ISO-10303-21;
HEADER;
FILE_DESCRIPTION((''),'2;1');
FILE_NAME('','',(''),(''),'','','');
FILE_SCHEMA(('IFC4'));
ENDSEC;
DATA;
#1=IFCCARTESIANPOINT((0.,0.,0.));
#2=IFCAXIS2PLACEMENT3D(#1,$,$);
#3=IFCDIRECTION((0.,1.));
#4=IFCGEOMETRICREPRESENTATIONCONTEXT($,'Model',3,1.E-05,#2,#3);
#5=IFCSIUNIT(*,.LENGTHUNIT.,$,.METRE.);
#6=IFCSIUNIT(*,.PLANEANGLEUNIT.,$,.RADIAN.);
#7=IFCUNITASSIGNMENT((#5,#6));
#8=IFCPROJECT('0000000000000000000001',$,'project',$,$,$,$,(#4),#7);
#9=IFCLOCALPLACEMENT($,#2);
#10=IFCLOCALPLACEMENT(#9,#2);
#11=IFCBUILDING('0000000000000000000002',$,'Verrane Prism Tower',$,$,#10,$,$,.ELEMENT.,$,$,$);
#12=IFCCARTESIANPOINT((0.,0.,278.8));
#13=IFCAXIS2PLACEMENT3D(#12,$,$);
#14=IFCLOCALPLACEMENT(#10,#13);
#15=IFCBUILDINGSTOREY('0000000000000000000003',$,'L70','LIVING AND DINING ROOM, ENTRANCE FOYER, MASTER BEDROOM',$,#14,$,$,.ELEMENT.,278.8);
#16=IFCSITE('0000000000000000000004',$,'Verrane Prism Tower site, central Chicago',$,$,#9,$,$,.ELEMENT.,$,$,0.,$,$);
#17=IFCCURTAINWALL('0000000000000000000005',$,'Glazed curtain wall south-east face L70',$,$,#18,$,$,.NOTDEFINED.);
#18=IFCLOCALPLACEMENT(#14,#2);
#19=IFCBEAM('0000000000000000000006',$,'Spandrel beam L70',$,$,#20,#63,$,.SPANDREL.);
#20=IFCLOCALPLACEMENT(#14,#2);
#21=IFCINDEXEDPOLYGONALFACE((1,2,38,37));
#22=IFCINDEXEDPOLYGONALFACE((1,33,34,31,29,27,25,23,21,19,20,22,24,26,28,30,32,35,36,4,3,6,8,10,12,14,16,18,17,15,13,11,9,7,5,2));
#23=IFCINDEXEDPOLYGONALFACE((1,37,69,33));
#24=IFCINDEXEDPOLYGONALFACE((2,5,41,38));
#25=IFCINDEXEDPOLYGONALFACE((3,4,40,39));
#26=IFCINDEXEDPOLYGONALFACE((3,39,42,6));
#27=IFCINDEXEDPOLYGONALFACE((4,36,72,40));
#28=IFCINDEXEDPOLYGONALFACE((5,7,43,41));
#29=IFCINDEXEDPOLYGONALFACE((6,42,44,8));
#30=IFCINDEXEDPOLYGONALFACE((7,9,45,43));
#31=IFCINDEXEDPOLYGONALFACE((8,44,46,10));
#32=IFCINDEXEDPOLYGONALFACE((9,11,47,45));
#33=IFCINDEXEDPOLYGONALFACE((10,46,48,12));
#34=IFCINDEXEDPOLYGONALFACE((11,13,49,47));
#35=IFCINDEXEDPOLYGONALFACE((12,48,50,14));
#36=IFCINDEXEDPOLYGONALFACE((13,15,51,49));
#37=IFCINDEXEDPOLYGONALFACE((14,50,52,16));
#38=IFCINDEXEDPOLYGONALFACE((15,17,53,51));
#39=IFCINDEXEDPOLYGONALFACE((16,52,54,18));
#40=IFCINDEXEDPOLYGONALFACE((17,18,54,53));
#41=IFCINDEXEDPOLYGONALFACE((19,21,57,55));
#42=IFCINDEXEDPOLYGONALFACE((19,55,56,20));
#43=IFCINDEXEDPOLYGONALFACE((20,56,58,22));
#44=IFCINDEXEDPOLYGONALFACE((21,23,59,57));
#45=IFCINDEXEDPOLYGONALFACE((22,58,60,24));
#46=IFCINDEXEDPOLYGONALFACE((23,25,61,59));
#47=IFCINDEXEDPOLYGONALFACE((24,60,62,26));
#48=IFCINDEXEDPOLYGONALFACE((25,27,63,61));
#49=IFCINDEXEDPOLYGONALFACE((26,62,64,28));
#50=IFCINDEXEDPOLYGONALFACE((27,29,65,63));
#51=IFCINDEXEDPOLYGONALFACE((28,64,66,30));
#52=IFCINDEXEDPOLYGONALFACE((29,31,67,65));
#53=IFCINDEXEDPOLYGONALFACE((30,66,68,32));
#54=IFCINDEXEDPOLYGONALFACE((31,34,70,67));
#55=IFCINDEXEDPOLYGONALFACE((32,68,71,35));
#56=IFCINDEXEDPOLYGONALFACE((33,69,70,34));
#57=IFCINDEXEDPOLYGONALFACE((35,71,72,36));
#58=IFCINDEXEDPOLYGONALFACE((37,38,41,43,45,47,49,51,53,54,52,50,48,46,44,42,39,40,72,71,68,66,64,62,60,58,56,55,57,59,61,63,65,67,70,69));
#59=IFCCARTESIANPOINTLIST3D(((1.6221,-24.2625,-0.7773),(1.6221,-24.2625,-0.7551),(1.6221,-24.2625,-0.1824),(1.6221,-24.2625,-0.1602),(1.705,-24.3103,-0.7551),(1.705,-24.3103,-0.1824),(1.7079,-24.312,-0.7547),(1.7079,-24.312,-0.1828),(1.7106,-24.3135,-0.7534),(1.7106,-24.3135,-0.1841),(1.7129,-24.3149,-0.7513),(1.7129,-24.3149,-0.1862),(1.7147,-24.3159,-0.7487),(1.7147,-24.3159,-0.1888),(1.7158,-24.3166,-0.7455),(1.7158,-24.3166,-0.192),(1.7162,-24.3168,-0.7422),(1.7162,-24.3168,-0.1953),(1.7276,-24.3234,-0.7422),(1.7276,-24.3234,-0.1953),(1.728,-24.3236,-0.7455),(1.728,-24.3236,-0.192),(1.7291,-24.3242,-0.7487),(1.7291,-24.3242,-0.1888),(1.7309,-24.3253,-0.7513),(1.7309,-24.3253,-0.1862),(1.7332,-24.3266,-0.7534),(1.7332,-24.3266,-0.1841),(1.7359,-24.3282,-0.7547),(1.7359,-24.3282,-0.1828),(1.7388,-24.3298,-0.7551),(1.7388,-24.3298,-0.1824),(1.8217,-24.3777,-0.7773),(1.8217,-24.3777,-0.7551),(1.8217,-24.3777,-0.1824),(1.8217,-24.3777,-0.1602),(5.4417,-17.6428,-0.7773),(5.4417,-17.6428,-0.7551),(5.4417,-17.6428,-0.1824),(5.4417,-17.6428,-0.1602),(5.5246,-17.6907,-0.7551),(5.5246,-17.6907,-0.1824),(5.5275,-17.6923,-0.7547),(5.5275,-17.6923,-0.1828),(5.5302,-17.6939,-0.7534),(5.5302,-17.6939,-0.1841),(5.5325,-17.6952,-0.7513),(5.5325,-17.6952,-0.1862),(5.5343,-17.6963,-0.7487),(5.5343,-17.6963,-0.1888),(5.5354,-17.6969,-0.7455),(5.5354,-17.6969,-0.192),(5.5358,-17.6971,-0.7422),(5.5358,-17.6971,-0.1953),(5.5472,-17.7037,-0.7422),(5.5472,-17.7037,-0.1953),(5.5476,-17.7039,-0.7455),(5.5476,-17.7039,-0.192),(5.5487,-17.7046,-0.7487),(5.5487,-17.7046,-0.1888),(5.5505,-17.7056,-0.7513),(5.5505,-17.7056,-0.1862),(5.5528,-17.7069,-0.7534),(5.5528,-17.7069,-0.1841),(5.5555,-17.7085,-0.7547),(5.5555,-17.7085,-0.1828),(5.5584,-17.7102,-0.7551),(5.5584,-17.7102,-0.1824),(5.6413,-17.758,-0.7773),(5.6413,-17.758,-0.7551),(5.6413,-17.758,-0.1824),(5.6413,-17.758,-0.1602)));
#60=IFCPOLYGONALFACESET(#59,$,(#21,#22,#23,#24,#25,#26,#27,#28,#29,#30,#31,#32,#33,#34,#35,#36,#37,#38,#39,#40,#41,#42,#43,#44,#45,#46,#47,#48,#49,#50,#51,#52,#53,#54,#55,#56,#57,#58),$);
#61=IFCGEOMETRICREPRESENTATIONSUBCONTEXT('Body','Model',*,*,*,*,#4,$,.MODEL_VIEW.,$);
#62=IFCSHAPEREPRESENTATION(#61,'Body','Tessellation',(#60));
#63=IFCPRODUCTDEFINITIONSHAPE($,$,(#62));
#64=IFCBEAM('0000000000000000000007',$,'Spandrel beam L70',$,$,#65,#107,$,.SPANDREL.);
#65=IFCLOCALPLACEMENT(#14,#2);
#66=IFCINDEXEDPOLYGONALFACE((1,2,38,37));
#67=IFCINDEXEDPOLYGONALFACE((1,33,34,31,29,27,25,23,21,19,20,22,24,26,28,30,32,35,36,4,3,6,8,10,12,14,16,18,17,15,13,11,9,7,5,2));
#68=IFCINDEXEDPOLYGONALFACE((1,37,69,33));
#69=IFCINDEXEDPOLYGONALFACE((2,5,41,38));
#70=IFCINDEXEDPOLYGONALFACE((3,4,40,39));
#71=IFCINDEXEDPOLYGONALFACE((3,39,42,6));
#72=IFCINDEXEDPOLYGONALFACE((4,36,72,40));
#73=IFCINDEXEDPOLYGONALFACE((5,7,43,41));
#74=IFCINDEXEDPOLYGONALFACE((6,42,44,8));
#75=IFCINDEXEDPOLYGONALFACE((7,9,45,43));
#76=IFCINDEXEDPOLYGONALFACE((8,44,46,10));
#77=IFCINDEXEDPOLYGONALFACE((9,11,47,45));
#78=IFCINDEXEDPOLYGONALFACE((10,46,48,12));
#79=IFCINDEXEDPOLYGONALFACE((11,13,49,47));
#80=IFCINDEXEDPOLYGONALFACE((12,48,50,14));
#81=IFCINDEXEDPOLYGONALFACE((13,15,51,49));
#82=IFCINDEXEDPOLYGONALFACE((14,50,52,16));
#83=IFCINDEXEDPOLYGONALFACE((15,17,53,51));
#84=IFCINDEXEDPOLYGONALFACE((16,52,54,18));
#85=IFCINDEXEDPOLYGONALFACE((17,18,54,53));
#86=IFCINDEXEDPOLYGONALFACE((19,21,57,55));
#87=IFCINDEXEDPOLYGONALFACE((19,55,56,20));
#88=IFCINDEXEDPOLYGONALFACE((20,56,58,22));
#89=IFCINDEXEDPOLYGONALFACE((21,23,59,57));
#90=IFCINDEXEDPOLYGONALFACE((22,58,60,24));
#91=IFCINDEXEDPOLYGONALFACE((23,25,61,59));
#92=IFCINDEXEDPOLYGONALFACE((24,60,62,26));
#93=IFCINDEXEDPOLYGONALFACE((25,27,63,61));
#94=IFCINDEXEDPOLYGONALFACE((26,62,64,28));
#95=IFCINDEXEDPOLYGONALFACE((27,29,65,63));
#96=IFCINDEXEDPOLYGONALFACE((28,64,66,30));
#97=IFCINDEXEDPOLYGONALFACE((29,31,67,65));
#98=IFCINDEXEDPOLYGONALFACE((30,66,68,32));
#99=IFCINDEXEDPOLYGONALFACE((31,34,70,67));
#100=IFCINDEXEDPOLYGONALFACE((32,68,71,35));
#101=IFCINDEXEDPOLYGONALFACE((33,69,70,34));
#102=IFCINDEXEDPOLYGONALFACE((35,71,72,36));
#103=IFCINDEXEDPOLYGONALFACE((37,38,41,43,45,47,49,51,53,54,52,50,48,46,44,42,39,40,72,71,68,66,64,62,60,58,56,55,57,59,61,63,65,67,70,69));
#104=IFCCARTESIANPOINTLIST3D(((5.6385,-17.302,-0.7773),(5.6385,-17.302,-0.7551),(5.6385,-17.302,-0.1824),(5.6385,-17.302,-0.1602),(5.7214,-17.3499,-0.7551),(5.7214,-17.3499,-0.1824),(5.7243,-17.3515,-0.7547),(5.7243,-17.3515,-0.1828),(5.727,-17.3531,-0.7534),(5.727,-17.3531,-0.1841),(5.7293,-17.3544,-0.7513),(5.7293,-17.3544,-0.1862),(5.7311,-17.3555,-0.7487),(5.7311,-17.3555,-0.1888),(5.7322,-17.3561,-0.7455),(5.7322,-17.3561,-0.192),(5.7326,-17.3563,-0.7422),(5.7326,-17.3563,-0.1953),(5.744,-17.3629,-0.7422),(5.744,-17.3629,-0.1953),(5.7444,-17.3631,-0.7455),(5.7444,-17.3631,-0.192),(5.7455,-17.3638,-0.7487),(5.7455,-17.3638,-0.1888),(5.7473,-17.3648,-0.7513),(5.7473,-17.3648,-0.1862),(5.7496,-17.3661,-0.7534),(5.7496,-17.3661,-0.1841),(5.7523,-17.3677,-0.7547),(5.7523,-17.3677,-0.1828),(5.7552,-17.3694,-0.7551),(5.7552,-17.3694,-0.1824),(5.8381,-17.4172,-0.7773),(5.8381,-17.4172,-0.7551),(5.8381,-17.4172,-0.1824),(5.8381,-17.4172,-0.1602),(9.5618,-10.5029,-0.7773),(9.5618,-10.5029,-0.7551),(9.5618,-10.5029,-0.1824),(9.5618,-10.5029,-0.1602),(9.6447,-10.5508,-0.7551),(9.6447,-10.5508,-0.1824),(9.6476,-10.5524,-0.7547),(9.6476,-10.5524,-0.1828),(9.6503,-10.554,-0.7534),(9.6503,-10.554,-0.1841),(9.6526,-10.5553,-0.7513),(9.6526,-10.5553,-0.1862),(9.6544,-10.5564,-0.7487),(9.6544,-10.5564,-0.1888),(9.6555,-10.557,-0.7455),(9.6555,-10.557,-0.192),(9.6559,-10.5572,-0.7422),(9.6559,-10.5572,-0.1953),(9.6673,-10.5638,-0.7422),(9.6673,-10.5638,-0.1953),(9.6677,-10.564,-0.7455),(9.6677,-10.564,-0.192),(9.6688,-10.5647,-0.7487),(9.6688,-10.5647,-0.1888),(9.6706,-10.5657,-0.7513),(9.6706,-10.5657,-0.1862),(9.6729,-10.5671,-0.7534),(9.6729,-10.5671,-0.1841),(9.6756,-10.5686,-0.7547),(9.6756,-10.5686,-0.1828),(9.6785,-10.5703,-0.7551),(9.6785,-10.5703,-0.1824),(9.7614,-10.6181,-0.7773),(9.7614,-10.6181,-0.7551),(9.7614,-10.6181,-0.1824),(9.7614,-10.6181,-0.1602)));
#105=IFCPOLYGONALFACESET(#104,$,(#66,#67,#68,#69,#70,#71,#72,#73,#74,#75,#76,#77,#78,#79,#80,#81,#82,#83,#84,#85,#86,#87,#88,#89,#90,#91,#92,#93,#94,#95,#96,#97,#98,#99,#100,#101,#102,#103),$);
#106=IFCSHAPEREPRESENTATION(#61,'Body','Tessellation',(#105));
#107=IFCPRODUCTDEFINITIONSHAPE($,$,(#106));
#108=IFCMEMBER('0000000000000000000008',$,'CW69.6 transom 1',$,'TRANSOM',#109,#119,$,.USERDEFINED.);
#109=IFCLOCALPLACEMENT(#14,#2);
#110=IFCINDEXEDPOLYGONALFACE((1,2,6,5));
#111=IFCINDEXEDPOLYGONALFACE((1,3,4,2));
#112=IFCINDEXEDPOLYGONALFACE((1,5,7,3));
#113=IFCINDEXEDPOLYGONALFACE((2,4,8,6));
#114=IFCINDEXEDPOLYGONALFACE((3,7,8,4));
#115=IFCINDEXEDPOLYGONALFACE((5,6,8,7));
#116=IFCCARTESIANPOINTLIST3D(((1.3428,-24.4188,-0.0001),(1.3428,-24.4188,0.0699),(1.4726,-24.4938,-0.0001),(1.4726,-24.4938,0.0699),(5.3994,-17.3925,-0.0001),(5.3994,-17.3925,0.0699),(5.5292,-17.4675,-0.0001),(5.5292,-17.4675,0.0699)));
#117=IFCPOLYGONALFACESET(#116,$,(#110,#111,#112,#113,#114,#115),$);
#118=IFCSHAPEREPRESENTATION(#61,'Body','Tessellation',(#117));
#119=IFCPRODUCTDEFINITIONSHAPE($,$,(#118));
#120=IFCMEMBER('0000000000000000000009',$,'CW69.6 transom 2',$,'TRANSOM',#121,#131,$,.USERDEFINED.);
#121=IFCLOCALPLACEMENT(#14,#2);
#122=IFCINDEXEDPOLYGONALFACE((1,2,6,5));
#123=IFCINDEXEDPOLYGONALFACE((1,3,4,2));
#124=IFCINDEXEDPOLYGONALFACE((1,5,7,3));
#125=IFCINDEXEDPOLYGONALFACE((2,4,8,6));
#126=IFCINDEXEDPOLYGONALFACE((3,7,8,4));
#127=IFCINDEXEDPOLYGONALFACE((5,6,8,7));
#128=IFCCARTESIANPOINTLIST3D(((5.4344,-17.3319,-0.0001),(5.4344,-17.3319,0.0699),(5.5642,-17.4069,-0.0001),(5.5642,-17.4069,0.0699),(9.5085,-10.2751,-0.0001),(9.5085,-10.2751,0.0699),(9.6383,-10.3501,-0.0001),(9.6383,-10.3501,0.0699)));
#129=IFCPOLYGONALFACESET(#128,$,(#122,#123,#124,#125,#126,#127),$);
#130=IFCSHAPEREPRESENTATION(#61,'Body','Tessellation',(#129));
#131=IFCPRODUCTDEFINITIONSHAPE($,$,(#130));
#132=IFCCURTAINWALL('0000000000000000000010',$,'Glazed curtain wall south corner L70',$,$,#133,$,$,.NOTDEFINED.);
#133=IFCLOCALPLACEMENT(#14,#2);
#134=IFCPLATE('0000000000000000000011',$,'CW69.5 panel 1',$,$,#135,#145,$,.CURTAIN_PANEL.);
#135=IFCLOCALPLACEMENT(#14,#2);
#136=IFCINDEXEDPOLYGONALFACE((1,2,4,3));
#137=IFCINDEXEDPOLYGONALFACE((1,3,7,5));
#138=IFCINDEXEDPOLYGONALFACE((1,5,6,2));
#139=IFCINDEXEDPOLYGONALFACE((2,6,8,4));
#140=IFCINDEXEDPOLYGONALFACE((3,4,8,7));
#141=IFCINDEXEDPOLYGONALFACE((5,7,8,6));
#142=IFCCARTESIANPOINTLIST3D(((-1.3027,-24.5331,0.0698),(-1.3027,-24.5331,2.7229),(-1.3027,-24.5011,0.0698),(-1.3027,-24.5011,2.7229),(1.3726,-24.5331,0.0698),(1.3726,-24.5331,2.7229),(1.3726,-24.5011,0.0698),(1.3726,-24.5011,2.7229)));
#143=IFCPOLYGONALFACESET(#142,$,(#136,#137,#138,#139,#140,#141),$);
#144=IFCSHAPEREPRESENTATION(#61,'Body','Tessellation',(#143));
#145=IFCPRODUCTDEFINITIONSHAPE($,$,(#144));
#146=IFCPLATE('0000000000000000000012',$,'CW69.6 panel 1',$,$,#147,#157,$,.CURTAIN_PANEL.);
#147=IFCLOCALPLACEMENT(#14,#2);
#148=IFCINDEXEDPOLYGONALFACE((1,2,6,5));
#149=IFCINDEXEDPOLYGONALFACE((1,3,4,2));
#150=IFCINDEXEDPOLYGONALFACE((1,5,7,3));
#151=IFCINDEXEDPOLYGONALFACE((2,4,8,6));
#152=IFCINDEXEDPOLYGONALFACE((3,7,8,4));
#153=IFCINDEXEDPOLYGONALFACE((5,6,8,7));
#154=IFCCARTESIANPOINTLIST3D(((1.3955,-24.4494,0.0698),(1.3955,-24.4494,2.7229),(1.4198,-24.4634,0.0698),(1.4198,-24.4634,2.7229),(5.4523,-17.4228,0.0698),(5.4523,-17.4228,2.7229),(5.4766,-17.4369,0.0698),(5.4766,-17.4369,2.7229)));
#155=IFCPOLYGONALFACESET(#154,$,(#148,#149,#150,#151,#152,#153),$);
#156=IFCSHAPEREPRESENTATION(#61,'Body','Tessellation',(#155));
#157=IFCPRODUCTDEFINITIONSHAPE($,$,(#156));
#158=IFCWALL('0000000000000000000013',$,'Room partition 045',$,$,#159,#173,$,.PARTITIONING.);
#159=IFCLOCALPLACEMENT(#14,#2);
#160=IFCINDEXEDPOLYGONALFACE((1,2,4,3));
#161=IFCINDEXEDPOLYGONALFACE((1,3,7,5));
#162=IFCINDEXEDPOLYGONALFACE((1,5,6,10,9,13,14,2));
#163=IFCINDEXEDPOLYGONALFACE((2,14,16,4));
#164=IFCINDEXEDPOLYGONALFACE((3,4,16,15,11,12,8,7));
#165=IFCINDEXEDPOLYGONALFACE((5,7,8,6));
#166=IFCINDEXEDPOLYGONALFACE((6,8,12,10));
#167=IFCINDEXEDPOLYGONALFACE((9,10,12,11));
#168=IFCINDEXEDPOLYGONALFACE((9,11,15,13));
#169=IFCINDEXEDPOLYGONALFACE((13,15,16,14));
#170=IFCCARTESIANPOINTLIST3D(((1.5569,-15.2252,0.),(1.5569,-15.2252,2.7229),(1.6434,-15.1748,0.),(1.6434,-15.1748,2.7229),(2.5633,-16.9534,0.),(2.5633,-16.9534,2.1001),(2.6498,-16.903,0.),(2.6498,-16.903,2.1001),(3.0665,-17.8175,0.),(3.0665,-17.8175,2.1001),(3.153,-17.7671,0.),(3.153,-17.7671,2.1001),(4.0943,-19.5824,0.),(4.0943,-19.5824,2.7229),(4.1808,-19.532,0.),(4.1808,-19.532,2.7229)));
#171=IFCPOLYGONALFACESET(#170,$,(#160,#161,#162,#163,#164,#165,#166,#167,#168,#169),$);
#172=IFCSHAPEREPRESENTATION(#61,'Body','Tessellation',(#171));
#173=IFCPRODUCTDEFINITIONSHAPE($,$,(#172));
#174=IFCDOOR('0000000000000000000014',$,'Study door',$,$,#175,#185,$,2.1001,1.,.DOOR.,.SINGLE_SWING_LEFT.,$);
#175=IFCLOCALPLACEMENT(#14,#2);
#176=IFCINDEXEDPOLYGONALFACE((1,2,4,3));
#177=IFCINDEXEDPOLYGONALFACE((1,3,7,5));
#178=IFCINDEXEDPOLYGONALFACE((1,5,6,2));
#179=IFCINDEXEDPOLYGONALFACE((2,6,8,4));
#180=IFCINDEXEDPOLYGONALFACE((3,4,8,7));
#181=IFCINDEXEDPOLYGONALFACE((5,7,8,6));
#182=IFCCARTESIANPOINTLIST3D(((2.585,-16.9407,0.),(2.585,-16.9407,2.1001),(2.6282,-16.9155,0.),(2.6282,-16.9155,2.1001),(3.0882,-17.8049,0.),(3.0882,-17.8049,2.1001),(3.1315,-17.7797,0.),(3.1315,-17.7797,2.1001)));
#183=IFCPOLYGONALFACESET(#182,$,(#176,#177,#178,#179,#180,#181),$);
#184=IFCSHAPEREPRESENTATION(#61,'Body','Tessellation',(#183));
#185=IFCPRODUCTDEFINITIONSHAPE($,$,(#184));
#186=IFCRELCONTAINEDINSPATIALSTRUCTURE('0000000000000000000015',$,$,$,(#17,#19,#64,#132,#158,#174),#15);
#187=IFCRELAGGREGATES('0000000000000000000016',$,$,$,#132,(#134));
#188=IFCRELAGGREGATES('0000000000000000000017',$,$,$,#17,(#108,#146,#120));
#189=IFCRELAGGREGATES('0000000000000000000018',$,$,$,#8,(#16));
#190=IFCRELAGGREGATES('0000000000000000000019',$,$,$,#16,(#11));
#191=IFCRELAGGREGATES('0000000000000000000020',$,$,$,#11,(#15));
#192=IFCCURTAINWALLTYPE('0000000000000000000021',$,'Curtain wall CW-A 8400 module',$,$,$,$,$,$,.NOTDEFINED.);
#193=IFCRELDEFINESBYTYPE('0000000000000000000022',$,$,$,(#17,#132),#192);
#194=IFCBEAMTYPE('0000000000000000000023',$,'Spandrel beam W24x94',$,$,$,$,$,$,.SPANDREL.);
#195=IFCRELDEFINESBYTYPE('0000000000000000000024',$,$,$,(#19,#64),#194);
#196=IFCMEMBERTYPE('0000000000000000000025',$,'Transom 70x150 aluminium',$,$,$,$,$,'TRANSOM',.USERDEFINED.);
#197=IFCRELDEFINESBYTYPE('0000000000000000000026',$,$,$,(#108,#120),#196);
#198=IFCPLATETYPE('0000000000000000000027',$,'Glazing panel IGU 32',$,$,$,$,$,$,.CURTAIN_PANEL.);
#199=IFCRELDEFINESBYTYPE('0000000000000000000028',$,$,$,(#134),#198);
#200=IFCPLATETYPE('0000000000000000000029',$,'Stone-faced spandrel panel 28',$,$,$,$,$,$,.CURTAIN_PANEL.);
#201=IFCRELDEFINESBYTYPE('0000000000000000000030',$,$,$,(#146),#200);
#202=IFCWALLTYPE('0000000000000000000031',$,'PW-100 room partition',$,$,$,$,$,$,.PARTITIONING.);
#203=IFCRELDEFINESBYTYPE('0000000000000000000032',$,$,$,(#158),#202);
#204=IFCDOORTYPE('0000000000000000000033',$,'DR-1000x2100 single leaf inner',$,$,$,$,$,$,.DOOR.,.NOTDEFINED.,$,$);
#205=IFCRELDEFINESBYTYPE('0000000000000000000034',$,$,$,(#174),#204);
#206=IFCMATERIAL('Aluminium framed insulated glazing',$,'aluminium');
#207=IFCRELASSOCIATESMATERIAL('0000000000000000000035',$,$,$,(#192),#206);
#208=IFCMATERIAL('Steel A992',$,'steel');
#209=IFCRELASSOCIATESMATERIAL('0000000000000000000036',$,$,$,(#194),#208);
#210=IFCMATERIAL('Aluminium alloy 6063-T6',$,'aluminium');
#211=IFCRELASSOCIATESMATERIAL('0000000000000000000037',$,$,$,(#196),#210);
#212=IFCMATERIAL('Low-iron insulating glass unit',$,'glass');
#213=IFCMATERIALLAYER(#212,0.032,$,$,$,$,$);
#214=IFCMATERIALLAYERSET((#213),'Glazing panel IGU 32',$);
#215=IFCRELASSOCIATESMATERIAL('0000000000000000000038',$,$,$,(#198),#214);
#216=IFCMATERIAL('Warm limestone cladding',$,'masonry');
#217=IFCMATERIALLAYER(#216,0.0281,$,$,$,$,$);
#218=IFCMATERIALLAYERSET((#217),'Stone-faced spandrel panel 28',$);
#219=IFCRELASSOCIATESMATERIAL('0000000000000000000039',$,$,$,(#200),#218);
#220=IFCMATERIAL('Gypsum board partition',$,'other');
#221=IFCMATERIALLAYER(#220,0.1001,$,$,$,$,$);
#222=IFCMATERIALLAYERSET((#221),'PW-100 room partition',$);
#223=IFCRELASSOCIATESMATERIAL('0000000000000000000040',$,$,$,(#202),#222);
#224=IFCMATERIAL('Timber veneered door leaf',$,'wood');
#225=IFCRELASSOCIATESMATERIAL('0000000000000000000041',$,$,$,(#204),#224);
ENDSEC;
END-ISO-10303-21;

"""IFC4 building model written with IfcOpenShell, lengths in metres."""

from ifc_helpers import new_model, si_unit, direction, frame, frame_2d, origin, origin_2d, place, context, subcontext, project, spatial, rectangle, i_section, extrude, material, layer, layer_set, material_profile, profile_set, type_object, element, fill, aggregate, save


model = new_model("IFC4")

# Units and contexts
model_context = context("Model", 3, precision=1e-05, world=origin(), true_north=direction((0.0, 1.0)))
body_context = subcontext(model_context, "Body", "Model", "MODEL_VIEW")
ifc_project = project(units=[si_unit("LENGTHUNIT", "METRE"), si_unit("PLANEANGLEUNIT", "RADIAN")], contexts=[model_context])

# Site, building, storey
site_placement = place(None, origin())
site = spatial("IfcSite", under=ifc_project, at=site_placement, Name="Verrane Prism Tower site, central Chicago", CompositionType="ELEMENT", RefElevation=0.0)
building_placement = place(site_placement, origin())
building = spatial("IfcBuilding", under=site, at=building_placement, Name="Verrane Prism Tower", CompositionType="ELEMENT")
storey_placement = place(building_placement, frame((0.0, 0.0, 278.8)))
storey = spatial("IfcBuildingStorey", under=building, at=storey_placement, Name="L70", Description="LIVING AND DINING ROOM, ENTRANCE FOYER, MASTER BEDROOM", CompositionType="ELEMENT", Elevation=278.8)

# Curtain wall
ifc_material_1 = material(Name="Aluminium framed insulated glazing", Category="aluminium")
curtain_wall_type = type_object("IfcCurtainWallType", Name="Curtain wall CW-A 8400 module", PredefinedType="NOTDEFINED", material=ifc_material_1)
curtain_wall_1_placement = place(storey_placement, origin())
curtain_wall_1 = element("IfcCurtainWall", 1, at=curtain_wall_1_placement, inside=storey, type_object=curtain_wall_type, Name="Glazed curtain wall south-east face L70", PredefinedType="NOTDEFINED")

# Beams
ifc_material_2 = material(Name="Steel A992", Category="steel")
ifc_material_profile_1 = material_profile(ifc_material_2, i_section(OverallWidth=0.2305, OverallDepth=0.6172, WebThickness=0.0132, FlangeThickness=0.0222, FilletRadius=0.0129, at=origin_2d()), Name="W24x94")
ifc_profile_set_1 = profile_set([ifc_material_profile_1], Name="Steel A992")
beam_type_1 = type_object("IfcBeamType", Name="Spandrel beam W24x94", PredefinedType="SPANDREL", material=ifc_profile_set_1)
beam_1_placement = place(storey_placement, frame((1.7219, -24.3201, -0.4688), z_axis=(0.499778, 0.866154, 0.0), x_axis=(-0.866154, 0.499778, 0.0)))
element("IfcBeam", 2, at=beam_1_placement, inside=storey, type_object=beam_type_1, Name="Spandrel beam L70", PredefinedType="SPANDREL", context=body_context, shape_type="SweptSolid", body=[
    extrude(i_section(OverallWidth=0.2305, OverallDepth=0.6172, WebThickness=0.0132, FlangeThickness=0.0222, FilletRadius=0.0129, at=origin_2d()), origin(), (0.0, 0.0, 1.0), 7.6426),
])
beam_2_placement = place(storey_placement, frame((5.7383, -17.3596, -0.4688), z_axis=(0.499799, 0.866142, 0.0), x_axis=(-0.866142, 0.499799, 0.0)))
element("IfcBeam", 3, at=beam_2_placement, inside=storey, type_object=beam_type_1, Name="Spandrel beam L70", PredefinedType="SPANDREL", context=body_context, shape_type="SweptSolid", body=[
    extrude(i_section(OverallWidth=0.2305, OverallDepth=0.6172, WebThickness=0.0132, FlangeThickness=0.0222, FilletRadius=0.0129, at=origin_2d()), origin(), (0.0, 0.0, 1.0), 7.8499),
])

# Members
ifc_material_3 = material(Name="Aluminium alloy 6063-T6", Category="aluminium")
ifc_material_profile_2 = material_profile(ifc_material_3, rectangle(XDim=0.1499, YDim=0.0701, at=origin_2d()), Name="Transom 70x150 aluminium")
ifc_profile_set_2 = profile_set([ifc_material_profile_2], Name="Aluminium alloy 6063-T6")
member_type_1 = type_object("IfcMemberType", Name="Transom 70x150 aluminium", ElementType="TRANSOM", PredefinedType="USERDEFINED", material=ifc_profile_set_2)
member_1_placement = place(storey_placement, frame((1.4077, -24.4563, 0.0349), z_axis=(0.499997, 0.866027, 0.0), x_axis=(-0.866027, 0.499997, 0.0)))
member_1 = element("IfcMember", 4, at=member_1_placement, type_object=member_type_1, Name="CW69.6 transom 1", ObjectType="TRANSOM", PredefinedType="USERDEFINED", context=body_context, shape_type="SweptSolid", body=[
    extrude(rectangle(XDim=0.1499, YDim=0.0701, at=origin_2d()), origin(), (0.0, 0.0, 1.0), 8.1133),
])
member_2_placement = place(storey_placement, frame((5.4993, -17.3694, 0.0349), z_axis=(0.499993, 0.866029, 0.0), x_axis=(-0.866029, 0.499993, 0.0)))
member_2 = element("IfcMember", 5, at=member_2_placement, type_object=member_type_1, Name="CW69.6 transom 2", ObjectType="TRANSOM", PredefinedType="USERDEFINED", context=body_context, shape_type="SweptSolid", body=[
    extrude(rectangle(XDim=0.1499, YDim=0.0701, at=origin_2d()), origin(), (0.0, 0.0, 1.0), 8.1484),
])

# Curtain wall, plate
curtain_wall_2_placement = place(storey_placement, origin())
curtain_wall_2 = element("IfcCurtainWall", 6, at=curtain_wall_2_placement, inside=storey, type_object=curtain_wall_type, Name="Glazed curtain wall south corner L70", PredefinedType="NOTDEFINED")
ifc_material_4 = material(Name="Low-iron insulating glass unit", Category="glass")
ifc_layer_1 = layer(ifc_material_4, 0.032)
ifc_layer_set_1 = layer_set([ifc_layer_1], Name="Glazing panel IGU 32")
plate_type_1 = type_object("IfcPlateType", Name="Glazing panel IGU 32", PredefinedType="CURTAIN_PANEL", material=ifc_layer_set_1)
plate_1_placement = place(storey_placement, frame((0.0349, -24.5171, 0.0698), z_axis=(0.0, 0.0, 1.0), x_axis=(1.0, 0.0, 0.0)))
plate_1 = element("IfcPlate", 7, at=plate_1_placement, type_object=plate_type_1, Name="CW69.5 panel 1", PredefinedType="CURTAIN_PANEL", context=body_context, shape_type="SweptSolid", body=[
    extrude(rectangle(XDim=2.6753, YDim=0.032, at=origin_2d()), origin(), (0.0, 0.0, 1.0), 2.6531),
])
aggregate(curtain_wall_2, [plate_1])

# Plate
ifc_material_5 = material(Name="Warm limestone cladding", Category="masonry")
ifc_layer_2 = layer(ifc_material_5, 0.0281)
ifc_layer_set_2 = layer_set([ifc_layer_2], Name="Stone-faced spandrel panel 28")
plate_type_2 = type_object("IfcPlateType", Name="Stone-faced spandrel panel 28", PredefinedType="CURTAIN_PANEL", material=ifc_layer_set_2)
plate_2_placement = place(storey_placement, frame((3.436, -20.9431, 0.0698), z_axis=(0.0, 0.0, 1.0), x_axis=(0.500001, 0.866025, 0.0)))
plate_2 = element("IfcPlate", 8, at=plate_2_placement, type_object=plate_type_2, Name="CW69.6 panel 1", PredefinedType="CURTAIN_PANEL", context=body_context, shape_type="SweptSolid", body=[
    extrude(rectangle(XDim=8.1135, YDim=0.0281, at=origin_2d()), origin(), (0.0, 0.0, 1.0), 2.6531),
])
aggregate(curtain_wall_1, [member_1, plate_2, member_2])

# Wall, opening, door
ifc_material_6 = material(Name="Gypsum board partition", Category="other")
ifc_layer_3 = layer(ifc_material_6, 0.1001)
ifc_layer_set_3 = layer_set([ifc_layer_3], Name="PW-100 room partition")
wall_type_1 = type_object("IfcWallType", Name="PW-100 room partition", PredefinedType="PARTITIONING", material=ifc_layer_set_3)
wall_1_placement = place(storey_placement, frame((4.1375, -19.5571, 0.0), z_axis=(0.0, 0.0, 1.0), x_axis=(-0.50323, 0.864153, 0.0)))
wall_1 = element("IfcWall", 9, at=wall_1_placement, inside=storey, type_object=wall_type_1, Name="Room partition 045", PredefinedType="PARTITIONING", context=body_context, shape_type="SweptSolid", body=[
    extrude(rectangle(XDim=5.0422, YDim=0.1001, at=frame_2d((2.521, 0.0))), origin(), (0.0, 0.0, 1.0), 2.7229),
])
opening_1_placement = place(wall_1_placement, frame((2.0422, 0.0, 0.0)))
opening_1 = element("IfcOpeningElement", 10, at=opening_1_placement, cuts=wall_1, PredefinedType="OPENING", context=body_context, shape_type="SweptSolid", body=[
    extrude(rectangle(XDim=1.0, YDim=2.1001, at=frame_2d((0.5, 1.05))), frame((0.0, 0.0601, 0.0), z_axis=(0.0, -1.0, 0.0), x_axis=(1.0, 0.0, 0.0)), (0.0, 0.0, 1.0), 0.1201),
])
ifc_material_7 = material(Name="Timber veneered door leaf", Category="wood")
door_type_1 = type_object("IfcDoorType", Name="DR-1000x2100 single leaf inner", OperationType="NOTDEFINED", PredefinedType="DOOR", material=ifc_material_7)
door_1_placement = place(opening_1_placement, origin())
door_1 = element("IfcDoor", 11, at=door_1_placement, inside=storey, type_object=door_type_1, Name="Study door", OperationType="SINGLE_SWING_LEFT", OverallHeight=2.1001, OverallWidth=1.0, PredefinedType="DOOR", context=body_context, shape_type="SweptSolid", body=[
    extrude(rectangle(XDim=1.0, YDim=2.1001, at=frame_2d((0.5, 1.05))), frame((0.0, 0.0249, 0.0), z_axis=(0.0, -1.0, 0.0), x_axis=(1.0, 0.0, 0.0)), (0.0, 0.0, 1.0), 0.05),
])
fill(opening_1, door_1)

save(model, "model.ifc")
